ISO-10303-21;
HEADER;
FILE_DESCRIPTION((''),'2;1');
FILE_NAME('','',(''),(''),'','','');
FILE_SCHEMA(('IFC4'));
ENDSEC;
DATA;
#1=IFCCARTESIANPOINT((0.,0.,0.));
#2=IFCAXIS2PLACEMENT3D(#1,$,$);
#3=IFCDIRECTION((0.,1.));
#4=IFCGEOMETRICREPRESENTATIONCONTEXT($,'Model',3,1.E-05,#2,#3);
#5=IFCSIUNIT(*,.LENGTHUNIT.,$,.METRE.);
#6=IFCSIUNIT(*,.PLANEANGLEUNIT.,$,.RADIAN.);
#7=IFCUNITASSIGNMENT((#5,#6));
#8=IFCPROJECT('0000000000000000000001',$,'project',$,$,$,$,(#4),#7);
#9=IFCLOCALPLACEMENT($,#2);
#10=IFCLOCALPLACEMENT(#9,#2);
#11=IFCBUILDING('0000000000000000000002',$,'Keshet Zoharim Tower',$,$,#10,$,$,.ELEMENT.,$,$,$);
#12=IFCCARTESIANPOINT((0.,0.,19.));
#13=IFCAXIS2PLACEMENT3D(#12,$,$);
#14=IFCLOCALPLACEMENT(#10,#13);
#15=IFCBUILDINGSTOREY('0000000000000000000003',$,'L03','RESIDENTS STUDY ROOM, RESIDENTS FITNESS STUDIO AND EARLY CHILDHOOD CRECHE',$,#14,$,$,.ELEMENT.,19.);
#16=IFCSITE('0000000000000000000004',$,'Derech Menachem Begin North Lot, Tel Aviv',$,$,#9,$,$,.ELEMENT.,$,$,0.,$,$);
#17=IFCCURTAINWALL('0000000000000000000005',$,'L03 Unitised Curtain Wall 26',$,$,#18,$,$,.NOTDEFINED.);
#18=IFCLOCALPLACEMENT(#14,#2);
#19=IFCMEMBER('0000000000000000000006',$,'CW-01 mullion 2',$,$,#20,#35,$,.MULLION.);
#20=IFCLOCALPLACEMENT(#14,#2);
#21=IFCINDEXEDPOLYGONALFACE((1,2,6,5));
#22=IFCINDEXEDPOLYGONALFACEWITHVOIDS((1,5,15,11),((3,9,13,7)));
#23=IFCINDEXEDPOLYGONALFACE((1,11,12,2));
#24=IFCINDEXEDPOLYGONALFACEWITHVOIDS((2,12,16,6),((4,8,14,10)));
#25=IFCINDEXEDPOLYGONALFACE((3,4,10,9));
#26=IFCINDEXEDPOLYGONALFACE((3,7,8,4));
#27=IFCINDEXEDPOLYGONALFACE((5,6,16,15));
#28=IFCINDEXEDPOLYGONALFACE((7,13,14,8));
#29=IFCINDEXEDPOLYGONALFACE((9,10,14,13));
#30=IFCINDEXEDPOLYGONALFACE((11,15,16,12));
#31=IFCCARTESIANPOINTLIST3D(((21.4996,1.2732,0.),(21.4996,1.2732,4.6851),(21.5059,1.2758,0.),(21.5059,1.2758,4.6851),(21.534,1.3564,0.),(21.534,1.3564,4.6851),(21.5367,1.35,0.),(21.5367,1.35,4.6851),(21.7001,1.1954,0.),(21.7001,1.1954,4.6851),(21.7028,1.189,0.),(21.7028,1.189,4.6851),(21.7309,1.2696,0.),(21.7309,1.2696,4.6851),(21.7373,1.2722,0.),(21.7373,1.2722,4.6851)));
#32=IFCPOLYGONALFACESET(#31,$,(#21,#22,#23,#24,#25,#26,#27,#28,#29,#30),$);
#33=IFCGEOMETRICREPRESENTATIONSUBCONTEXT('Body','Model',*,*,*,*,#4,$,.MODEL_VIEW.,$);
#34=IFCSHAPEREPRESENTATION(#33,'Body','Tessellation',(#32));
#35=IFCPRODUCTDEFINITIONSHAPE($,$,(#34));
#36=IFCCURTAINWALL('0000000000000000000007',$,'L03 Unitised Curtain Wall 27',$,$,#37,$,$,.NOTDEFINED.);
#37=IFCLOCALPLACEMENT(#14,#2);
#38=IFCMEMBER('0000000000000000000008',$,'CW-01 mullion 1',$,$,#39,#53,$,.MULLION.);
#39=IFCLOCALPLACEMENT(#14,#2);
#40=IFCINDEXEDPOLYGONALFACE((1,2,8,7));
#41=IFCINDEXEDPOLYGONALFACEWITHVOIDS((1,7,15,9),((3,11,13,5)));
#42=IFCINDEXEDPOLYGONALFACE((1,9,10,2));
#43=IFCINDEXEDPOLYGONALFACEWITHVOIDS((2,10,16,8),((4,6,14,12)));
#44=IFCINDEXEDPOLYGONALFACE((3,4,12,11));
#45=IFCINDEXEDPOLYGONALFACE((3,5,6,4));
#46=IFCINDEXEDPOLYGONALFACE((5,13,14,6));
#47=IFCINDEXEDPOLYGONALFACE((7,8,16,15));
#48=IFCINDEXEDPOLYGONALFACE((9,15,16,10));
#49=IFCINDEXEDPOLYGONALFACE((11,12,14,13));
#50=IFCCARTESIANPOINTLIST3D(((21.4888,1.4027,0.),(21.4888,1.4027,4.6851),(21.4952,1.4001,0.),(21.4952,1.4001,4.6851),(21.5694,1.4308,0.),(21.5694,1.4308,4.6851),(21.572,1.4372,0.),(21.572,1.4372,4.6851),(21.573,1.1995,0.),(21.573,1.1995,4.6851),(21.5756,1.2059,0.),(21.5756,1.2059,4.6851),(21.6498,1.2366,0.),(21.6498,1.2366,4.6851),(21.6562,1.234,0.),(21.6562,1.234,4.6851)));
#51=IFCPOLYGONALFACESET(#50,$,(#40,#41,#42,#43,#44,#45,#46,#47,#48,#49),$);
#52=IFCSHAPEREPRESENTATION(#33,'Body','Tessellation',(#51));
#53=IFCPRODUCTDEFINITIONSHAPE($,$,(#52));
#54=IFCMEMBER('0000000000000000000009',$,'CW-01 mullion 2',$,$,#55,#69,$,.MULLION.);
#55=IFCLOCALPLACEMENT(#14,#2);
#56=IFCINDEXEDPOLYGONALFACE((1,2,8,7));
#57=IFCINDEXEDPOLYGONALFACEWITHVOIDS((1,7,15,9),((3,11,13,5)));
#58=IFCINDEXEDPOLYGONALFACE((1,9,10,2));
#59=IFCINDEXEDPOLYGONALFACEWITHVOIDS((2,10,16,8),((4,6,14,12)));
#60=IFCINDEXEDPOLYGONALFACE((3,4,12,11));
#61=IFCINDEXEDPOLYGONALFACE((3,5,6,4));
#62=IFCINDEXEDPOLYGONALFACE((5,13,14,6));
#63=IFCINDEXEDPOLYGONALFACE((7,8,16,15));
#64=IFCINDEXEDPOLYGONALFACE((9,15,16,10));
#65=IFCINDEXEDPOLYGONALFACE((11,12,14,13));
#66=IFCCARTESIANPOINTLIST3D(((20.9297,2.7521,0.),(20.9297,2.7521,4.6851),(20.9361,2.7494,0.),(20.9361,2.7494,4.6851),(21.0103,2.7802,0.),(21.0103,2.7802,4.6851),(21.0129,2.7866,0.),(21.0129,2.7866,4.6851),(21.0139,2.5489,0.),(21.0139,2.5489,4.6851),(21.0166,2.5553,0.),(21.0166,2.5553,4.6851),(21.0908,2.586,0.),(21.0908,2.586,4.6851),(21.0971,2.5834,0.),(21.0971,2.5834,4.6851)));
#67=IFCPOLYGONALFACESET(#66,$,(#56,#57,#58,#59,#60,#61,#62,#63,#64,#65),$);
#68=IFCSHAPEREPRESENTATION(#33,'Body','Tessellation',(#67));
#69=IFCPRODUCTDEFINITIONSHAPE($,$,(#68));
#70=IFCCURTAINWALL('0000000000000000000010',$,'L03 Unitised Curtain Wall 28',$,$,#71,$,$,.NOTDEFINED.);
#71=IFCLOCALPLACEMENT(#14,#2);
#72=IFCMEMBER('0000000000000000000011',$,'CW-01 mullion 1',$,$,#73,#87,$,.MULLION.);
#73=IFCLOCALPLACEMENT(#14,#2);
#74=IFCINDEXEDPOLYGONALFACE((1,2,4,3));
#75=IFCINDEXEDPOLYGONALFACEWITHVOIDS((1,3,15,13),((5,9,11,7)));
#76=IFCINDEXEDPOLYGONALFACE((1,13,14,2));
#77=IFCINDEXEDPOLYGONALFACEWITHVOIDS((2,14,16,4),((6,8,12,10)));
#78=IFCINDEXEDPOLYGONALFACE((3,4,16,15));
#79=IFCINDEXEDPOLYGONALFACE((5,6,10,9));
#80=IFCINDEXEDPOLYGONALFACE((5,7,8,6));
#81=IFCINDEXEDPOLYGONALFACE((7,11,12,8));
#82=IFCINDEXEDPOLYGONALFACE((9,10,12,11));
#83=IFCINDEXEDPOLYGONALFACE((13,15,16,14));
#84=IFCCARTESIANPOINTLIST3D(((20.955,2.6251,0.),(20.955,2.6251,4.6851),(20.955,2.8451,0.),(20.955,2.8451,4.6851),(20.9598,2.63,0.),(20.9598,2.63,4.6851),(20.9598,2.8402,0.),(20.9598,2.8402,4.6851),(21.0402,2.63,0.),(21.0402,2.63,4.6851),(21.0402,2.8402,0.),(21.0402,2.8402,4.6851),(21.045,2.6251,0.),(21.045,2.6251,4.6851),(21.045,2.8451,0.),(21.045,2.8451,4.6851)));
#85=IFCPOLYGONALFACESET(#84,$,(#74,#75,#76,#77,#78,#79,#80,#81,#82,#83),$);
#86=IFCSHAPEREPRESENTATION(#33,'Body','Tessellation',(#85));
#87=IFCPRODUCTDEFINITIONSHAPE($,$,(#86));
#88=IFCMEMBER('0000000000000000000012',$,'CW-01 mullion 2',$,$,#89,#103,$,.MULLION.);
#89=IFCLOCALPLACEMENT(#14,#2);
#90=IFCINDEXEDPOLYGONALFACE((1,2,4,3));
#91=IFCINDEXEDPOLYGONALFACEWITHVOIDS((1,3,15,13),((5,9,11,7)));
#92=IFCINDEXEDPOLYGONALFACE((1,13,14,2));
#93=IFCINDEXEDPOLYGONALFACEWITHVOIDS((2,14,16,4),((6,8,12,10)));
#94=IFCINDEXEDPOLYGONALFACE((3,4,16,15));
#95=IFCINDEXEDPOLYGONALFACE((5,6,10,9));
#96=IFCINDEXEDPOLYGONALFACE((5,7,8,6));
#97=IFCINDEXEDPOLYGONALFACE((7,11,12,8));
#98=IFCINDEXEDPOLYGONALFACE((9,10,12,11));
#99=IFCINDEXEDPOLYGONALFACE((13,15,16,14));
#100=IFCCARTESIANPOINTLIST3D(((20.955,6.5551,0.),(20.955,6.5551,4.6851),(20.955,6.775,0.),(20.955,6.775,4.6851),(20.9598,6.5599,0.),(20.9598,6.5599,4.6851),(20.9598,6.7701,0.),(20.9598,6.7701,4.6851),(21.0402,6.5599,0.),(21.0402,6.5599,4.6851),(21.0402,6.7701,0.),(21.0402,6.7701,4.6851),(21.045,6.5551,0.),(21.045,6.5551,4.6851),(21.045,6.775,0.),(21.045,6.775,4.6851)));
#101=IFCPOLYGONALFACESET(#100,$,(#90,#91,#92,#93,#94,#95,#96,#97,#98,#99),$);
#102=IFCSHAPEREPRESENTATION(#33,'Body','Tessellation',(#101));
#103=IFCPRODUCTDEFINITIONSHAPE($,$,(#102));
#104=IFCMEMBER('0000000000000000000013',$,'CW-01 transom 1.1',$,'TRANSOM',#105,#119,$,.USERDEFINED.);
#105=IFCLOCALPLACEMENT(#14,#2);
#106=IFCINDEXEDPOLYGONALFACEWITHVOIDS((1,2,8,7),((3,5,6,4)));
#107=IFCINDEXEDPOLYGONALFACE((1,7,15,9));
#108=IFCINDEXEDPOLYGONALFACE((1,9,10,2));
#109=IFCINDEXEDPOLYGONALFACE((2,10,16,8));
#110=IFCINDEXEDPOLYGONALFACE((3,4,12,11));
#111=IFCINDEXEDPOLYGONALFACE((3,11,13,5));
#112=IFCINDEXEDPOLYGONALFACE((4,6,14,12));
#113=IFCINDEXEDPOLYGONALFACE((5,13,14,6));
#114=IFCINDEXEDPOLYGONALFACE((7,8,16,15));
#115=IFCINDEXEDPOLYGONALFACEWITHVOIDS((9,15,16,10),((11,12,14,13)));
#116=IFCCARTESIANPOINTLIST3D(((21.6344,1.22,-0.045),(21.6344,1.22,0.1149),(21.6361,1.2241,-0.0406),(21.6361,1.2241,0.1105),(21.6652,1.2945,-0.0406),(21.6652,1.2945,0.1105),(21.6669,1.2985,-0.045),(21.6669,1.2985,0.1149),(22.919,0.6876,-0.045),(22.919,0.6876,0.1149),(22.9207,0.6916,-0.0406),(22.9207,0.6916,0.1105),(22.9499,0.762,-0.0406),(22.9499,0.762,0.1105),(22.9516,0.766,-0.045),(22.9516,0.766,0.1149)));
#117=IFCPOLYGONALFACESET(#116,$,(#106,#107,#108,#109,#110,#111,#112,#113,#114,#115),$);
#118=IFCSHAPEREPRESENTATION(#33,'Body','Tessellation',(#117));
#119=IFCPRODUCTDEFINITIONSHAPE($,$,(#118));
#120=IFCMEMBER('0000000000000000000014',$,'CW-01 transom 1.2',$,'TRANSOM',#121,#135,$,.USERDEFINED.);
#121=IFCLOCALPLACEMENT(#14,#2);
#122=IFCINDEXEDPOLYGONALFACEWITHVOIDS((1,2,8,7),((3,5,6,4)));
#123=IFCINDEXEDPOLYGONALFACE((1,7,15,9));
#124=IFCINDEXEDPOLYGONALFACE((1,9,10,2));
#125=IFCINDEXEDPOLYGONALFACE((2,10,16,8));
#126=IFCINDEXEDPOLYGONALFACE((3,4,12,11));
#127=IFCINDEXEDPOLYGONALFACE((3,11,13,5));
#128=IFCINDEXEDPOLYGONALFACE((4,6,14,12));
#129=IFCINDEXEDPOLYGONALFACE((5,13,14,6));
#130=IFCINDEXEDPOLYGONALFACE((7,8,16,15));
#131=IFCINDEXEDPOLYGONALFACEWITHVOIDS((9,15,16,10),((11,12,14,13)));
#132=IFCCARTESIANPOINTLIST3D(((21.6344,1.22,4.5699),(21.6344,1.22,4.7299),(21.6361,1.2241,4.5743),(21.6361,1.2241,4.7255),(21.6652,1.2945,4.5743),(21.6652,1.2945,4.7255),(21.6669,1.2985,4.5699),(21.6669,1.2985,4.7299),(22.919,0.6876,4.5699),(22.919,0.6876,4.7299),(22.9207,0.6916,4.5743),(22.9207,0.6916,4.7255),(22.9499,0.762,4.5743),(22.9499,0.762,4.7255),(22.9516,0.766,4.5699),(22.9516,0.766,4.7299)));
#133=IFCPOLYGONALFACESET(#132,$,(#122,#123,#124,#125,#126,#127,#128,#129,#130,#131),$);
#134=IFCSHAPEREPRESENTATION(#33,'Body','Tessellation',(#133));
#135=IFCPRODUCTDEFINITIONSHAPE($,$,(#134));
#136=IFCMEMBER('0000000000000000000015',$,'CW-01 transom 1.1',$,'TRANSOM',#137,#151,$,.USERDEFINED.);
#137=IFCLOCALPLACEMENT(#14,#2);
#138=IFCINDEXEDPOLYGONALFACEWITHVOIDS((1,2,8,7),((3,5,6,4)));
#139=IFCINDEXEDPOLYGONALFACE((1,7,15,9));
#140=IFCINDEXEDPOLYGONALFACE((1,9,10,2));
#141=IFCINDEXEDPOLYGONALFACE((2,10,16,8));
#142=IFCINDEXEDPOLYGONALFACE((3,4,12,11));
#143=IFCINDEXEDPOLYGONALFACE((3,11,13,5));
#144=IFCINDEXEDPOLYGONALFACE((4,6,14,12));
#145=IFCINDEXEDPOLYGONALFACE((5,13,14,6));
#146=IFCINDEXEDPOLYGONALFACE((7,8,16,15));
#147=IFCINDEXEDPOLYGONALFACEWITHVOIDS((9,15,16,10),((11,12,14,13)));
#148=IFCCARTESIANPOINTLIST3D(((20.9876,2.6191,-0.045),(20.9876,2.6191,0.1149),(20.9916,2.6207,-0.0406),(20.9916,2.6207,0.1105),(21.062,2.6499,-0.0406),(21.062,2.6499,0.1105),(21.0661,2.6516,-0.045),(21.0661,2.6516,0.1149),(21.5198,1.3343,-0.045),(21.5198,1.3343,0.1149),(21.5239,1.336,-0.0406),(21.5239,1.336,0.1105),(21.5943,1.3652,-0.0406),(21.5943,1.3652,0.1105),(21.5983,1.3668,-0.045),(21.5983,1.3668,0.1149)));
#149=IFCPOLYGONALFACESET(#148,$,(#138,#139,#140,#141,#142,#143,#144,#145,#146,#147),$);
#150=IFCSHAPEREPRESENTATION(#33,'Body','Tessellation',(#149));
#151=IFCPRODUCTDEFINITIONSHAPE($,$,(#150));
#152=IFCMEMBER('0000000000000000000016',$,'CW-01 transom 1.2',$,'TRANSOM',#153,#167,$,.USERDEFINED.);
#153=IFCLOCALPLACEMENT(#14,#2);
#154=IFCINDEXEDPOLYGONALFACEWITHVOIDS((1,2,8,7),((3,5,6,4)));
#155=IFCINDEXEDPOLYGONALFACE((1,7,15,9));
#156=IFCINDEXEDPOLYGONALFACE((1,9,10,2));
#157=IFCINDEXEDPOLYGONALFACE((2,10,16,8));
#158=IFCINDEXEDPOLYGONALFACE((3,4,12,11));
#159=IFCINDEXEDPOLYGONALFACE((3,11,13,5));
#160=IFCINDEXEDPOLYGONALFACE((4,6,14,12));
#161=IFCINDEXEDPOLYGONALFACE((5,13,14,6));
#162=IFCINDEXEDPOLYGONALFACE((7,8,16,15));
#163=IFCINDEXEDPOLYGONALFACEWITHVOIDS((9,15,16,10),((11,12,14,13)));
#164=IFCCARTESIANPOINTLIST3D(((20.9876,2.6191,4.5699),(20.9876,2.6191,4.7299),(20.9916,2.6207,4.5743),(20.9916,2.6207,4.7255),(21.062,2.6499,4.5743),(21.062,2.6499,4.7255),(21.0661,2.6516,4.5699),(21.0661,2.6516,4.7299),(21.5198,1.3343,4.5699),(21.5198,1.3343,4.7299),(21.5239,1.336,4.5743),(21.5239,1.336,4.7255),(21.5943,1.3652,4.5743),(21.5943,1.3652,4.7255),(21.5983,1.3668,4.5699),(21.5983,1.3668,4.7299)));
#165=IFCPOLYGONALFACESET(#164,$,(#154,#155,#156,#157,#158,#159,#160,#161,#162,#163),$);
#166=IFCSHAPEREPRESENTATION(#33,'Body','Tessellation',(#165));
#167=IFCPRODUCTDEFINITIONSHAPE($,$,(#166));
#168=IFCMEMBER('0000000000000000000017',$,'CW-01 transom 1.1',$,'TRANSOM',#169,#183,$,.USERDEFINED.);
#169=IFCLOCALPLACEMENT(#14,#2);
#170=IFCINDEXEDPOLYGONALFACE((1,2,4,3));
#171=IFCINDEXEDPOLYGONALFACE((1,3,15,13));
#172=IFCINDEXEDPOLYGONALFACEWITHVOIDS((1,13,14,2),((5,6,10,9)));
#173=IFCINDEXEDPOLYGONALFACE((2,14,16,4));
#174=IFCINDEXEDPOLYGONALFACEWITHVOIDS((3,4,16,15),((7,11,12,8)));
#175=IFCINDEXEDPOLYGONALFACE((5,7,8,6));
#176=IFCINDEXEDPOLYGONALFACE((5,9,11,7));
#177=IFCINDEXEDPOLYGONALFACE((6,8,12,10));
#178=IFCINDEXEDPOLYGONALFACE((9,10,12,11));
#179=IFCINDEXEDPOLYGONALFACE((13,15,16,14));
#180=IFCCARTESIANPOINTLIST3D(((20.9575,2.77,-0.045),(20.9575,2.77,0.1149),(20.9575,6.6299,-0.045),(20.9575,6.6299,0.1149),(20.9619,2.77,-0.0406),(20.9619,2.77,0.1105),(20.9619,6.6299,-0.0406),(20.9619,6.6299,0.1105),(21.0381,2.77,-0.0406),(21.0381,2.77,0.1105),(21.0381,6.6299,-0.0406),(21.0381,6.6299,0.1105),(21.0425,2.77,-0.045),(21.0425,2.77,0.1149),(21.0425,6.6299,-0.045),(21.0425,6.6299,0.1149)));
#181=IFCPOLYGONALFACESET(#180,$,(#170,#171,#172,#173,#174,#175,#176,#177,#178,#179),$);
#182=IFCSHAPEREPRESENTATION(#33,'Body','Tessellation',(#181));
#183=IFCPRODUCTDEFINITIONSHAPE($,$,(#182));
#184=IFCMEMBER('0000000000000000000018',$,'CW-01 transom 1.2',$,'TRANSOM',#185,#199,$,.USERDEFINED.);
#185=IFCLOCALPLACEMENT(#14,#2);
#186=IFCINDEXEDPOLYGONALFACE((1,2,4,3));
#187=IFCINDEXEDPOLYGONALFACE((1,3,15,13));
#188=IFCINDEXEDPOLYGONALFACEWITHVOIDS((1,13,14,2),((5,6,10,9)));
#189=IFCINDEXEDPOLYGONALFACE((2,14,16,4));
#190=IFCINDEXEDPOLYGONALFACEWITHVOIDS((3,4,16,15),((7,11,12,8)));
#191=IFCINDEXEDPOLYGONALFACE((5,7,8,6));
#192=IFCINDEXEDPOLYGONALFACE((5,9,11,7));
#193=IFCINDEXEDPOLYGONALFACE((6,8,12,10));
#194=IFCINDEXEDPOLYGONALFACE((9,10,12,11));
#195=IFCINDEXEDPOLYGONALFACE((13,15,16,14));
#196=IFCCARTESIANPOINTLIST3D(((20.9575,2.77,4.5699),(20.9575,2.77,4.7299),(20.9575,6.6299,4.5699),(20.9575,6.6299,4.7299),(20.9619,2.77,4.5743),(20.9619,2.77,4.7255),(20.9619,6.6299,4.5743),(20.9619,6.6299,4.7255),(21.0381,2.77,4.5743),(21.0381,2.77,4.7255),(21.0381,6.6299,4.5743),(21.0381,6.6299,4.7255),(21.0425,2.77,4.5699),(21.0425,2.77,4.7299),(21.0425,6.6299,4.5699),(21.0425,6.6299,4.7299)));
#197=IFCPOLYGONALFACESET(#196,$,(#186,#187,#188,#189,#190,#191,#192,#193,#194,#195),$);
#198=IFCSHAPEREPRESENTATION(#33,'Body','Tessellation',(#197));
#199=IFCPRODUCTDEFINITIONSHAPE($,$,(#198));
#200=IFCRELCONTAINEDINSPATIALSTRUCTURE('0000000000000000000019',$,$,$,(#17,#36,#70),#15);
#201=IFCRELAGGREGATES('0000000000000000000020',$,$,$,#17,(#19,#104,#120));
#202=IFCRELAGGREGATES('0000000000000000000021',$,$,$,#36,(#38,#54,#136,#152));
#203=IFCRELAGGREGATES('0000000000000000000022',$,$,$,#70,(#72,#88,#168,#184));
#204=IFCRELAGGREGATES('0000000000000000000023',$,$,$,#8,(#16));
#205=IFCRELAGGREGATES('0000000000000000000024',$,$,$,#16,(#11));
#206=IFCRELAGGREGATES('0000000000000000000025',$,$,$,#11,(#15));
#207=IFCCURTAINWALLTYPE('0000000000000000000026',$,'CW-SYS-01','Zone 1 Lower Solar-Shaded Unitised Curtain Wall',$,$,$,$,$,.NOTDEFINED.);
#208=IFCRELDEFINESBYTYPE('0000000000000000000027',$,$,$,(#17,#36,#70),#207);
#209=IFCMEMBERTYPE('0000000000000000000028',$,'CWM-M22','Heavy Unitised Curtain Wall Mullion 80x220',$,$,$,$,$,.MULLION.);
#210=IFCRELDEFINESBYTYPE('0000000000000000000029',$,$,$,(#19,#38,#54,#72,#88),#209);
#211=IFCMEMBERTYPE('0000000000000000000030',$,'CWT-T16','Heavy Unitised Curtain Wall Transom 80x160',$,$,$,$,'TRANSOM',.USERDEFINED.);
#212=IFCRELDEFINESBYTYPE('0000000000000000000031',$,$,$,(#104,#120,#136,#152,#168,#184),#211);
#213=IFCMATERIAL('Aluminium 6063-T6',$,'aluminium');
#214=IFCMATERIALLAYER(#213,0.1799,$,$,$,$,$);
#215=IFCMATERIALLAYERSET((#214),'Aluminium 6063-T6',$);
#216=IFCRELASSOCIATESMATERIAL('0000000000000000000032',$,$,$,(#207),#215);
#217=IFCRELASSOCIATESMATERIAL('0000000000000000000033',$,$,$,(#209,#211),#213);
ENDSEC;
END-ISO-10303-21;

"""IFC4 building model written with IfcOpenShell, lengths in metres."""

from ifc_helpers import new_model, si_unit, direction, frame, origin, origin_2d, place, context, subcontext, project, spatial, hollow_rectangle, extrude, material, layer, layer_set, material_profile, profile_set, type_object, element, aggregate, save


model = new_model("IFC4")

# Units and contexts
model_context = context("Model", 3, precision=1e-05, world=origin(), true_north=direction((0.0, 1.0)))
body_context = subcontext(model_context, "Body", "Model", "MODEL_VIEW")
ifc_project = project(units=[si_unit("LENGTHUNIT", "METRE"), si_unit("PLANEANGLEUNIT", "RADIAN")], contexts=[model_context])

# Site, building, storey
site_placement = place(None, origin())
site = spatial("IfcSite", under=ifc_project, at=site_placement, Name="Derech Menachem Begin North Lot, Tel Aviv", CompositionType="ELEMENT", RefElevation=0.0)
building_placement = place(site_placement, origin())
building = spatial("IfcBuilding", under=site, at=building_placement, Name="Keshet Zoharim Tower", CompositionType="ELEMENT")
storey_placement = place(building_placement, frame((0.0, 0.0, 19.0)))
storey = spatial("IfcBuildingStorey", under=building, at=storey_placement, Name="L03", Description="RESIDENTS STUDY ROOM, RESIDENTS FITNESS STUDIO AND EARLY CHILDHOOD CRECHE", CompositionType="ELEMENT", Elevation=19.0)

# Shared definitions
ifc_material_1 = material(Name="Aluminium 6063-T6", Category="aluminium")
ifc_layer_1 = layer(ifc_material_1, 0.1799)
ifc_layer_set_1 = layer_set([ifc_layer_1], Name="Aluminium 6063-T6")
curtain_wall_type = type_object("IfcCurtainWallType", Name="CW-SYS-01", Description="Zone 1 Lower Solar-Shaded Unitised Curtain Wall", PredefinedType="NOTDEFINED", material=ifc_layer_set_1)
ifc_material_profile_1 = material_profile(ifc_material_1, hollow_rectangle(XDim=0.0901, YDim=0.22, WallThickness=0.0049, at=origin_2d()), Name="MUL-90x220")
ifc_profile_set_1 = profile_set([ifc_material_profile_1], Name="Aluminium 6063-T6")
member_type_1 = type_object("IfcMemberType", Name="CWM-M22", Description="Heavy Unitised Curtain Wall Mullion 80x220", PredefinedType="MULLION", material=ifc_profile_set_1)

# Curtain walls, members
curtain_wall_1_placement = place(storey_placement, origin())
curtain_wall_1 = element("IfcCurtainWall", 1, at=curtain_wall_1_placement, inside=storey, type_object=curtain_wall_type, Name="L03 Unitised Curtain Wall 26", PredefinedType="NOTDEFINED")
member_1_placement = place(storey_placement, frame((21.6184, 1.2727, 0.0), z_axis=(0.0, 0.0, 1.0), x_axis=(-0.382852, -0.92381, 0.0)))
member_1 = element("IfcMember", 2, at=member_1_placement, type_object=member_type_1, Name="CW-01 mullion 2", PredefinedType="MULLION", context=body_context, shape_type="SweptSolid", body=[
    extrude(hollow_rectangle(XDim=0.0901, YDim=0.22, WallThickness=0.0049, at=origin_2d()), origin(), (0.0, 0.0, 1.0), 4.6851),
])
curtain_wall_2_placement = place(storey_placement, origin())
curtain_wall_2 = element("IfcCurtainWall", 3, at=curtain_wall_2_placement, inside=storey, type_object=curtain_wall_type, Name="L03 Unitised Curtain Wall 27", PredefinedType="NOTDEFINED")
member_2_placement = place(storey_placement, frame((21.5725, 1.3184, 0.0), z_axis=(0.0, 0.0, 1.0), x_axis=(-0.92381, -0.382852, 0.0)))
member_2 = element("IfcMember", 4, at=member_2_placement, type_object=member_type_1, Name="CW-01 mullion 1", PredefinedType="MULLION", context=body_context, shape_type="SweptSolid", body=[
    extrude(hollow_rectangle(XDim=0.0901, YDim=0.22, WallThickness=0.0049, at=origin_2d()), origin(), (0.0, 0.0, 1.0), 4.6851),
])
member_3_placement = place(storey_placement, frame((21.0134, 2.6677, 0.0), z_axis=(0.0, 0.0, 1.0), x_axis=(-0.92381, -0.382852, 0.0)))
member_3 = element("IfcMember", 5, at=member_3_placement, type_object=member_type_1, Name="CW-01 mullion 2", PredefinedType="MULLION", context=body_context, shape_type="SweptSolid", body=[
    extrude(hollow_rectangle(XDim=0.0901, YDim=0.22, WallThickness=0.0049, at=origin_2d()), origin(), (0.0, 0.0, 1.0), 4.6851),
])
curtain_wall_3_placement = place(storey_placement, origin())
curtain_wall_3 = element("IfcCurtainWall", 6, at=curtain_wall_3_placement, inside=storey, type_object=curtain_wall_type, Name="L03 Unitised Curtain Wall 28", PredefinedType="NOTDEFINED")
member_4_placement = place(storey_placement, frame((21.0, 2.7351, 0.0), z_axis=(0.0, 0.0, 1.0), x_axis=(-1.0, 0.0, 0.0)))
member_4 = element("IfcMember", 7, at=member_4_placement, type_object=member_type_1, Name="CW-01 mullion 1", PredefinedType="MULLION", context=body_context, shape_type="SweptSolid", body=[
    extrude(hollow_rectangle(XDim=0.0901, YDim=0.22, WallThickness=0.0049, at=origin_2d()), origin(), (0.0, 0.0, 1.0), 4.6851),
])
member_5_placement = place(storey_placement, frame((21.0, 6.665, 0.0), z_axis=(0.0, 0.0, 1.0), x_axis=(-1.0, 0.0, 0.0)))
member_5 = element("IfcMember", 8, at=member_5_placement, type_object=member_type_1, Name="CW-01 mullion 2", PredefinedType="MULLION", context=body_context, shape_type="SweptSolid", body=[
    extrude(hollow_rectangle(XDim=0.0901, YDim=0.22, WallThickness=0.0049, at=origin_2d()), origin(), (0.0, 0.0, 1.0), 4.6851),
])

# Members
ifc_material_profile_2 = material_profile(ifc_material_1, hollow_rectangle(XDim=0.085, YDim=0.1599, WallThickness=0.0044, at=origin_2d()), Name="TRN-85x160")
ifc_profile_set_2 = profile_set([ifc_material_profile_2], Name="Aluminium 6063-T6")
member_type_2 = type_object("IfcMemberType", Name="CWT-T16", Description="Heavy Unitised Curtain Wall Transom 80x160", ElementType="TRANSOM", PredefinedType="USERDEFINED", material=ifc_profile_set_2)
member_6_placement = place(storey_placement, frame((22.9353, 0.7268, 0.0349), z_axis=(-0.923792, 0.382894, 0.0), x_axis=(-0.382894, -0.923792, 0.0)))
member_6 = element("IfcMember", 9, at=member_6_placement, type_object=member_type_2, Name="CW-01 transom 1.1", ObjectType="TRANSOM", PredefinedType="USERDEFINED", context=body_context, shape_type="SweptSolid", body=[
    extrude(hollow_rectangle(XDim=0.085, YDim=0.1599, WallThickness=0.0044, at=origin_2d()), origin(), (0.0, 0.0, 1.0), 1.3906),
])
member_7_placement = place(storey_placement, frame((22.9353, 0.7268, 4.6499), z_axis=(-0.923792, 0.382894, 0.0), x_axis=(-0.382894, -0.923792, 0.0)))
member_7 = element("IfcMember", 10, at=member_7_placement, type_object=member_type_2, Name="CW-01 transom 1.2", ObjectType="TRANSOM", PredefinedType="USERDEFINED", context=body_context, shape_type="SweptSolid", body=[
    extrude(hollow_rectangle(XDim=0.085, YDim=0.1599, WallThickness=0.0044, at=origin_2d()), origin(), (0.0, 0.0, 1.0), 1.3906),
])
member_8_placement = place(storey_placement, frame((21.5591, 1.3506, 0.0349), z_axis=(-0.382745, 0.923854, 0.0), x_axis=(-0.923854, -0.382745, 0.0)))
member_8 = element("IfcMember", 11, at=member_8_placement, type_object=member_type_2, Name="CW-01 transom 1.1", ObjectType="TRANSOM", PredefinedType="USERDEFINED", context=body_context, shape_type="SweptSolid", body=[
    extrude(hollow_rectangle(XDim=0.085, YDim=0.1599, WallThickness=0.0044, at=origin_2d()), origin(), (0.0, 0.0, 1.0), 1.3906),
])
member_9_placement = place(storey_placement, frame((21.5591, 1.3506, 4.6499), z_axis=(-0.382745, 0.923854, 0.0), x_axis=(-0.923854, -0.382745, 0.0)))
member_9 = element("IfcMember", 12, at=member_9_placement, type_object=member_type_2, Name="CW-01 transom 1.2", ObjectType="TRANSOM", PredefinedType="USERDEFINED", context=body_context, shape_type="SweptSolid", body=[
    extrude(hollow_rectangle(XDim=0.085, YDim=0.1599, WallThickness=0.0044, at=origin_2d()), origin(), (0.0, 0.0, 1.0), 1.3906),
])
member_10_placement = place(storey_placement, frame((21.0, 2.77, 0.0349), z_axis=(0.0, 1.0, 0.0), x_axis=(-1.0, 0.0, 0.0)))
member_10 = element("IfcMember", 13, at=member_10_placement, type_object=member_type_2, Name="CW-01 transom 1.1", ObjectType="TRANSOM", PredefinedType="USERDEFINED", context=body_context, shape_type="SweptSolid", body=[
    extrude(hollow_rectangle(XDim=0.085, YDim=0.1599, WallThickness=0.0044, at=origin_2d()), origin(), (0.0, 0.0, 1.0), 3.8599),
])
member_11_placement = place(storey_placement, frame((21.0, 2.77, 4.6499), z_axis=(0.0, 1.0, 0.0), x_axis=(-1.0, 0.0, 0.0)))
member_11 = element("IfcMember", 14, at=member_11_placement, type_object=member_type_2, Name="CW-01 transom 1.2", ObjectType="TRANSOM", PredefinedType="USERDEFINED", context=body_context, shape_type="SweptSolid", body=[
    extrude(hollow_rectangle(XDim=0.085, YDim=0.1599, WallThickness=0.0044, at=origin_2d()), origin(), (0.0, 0.0, 1.0), 3.8599),
])

aggregate(curtain_wall_1, [member_1, member_6, member_7])
aggregate(curtain_wall_2, [member_2, member_3, member_8, member_9])
aggregate(curtain_wall_3, [member_4, member_5, member_10, member_11])

save(model, "model.ifc")
